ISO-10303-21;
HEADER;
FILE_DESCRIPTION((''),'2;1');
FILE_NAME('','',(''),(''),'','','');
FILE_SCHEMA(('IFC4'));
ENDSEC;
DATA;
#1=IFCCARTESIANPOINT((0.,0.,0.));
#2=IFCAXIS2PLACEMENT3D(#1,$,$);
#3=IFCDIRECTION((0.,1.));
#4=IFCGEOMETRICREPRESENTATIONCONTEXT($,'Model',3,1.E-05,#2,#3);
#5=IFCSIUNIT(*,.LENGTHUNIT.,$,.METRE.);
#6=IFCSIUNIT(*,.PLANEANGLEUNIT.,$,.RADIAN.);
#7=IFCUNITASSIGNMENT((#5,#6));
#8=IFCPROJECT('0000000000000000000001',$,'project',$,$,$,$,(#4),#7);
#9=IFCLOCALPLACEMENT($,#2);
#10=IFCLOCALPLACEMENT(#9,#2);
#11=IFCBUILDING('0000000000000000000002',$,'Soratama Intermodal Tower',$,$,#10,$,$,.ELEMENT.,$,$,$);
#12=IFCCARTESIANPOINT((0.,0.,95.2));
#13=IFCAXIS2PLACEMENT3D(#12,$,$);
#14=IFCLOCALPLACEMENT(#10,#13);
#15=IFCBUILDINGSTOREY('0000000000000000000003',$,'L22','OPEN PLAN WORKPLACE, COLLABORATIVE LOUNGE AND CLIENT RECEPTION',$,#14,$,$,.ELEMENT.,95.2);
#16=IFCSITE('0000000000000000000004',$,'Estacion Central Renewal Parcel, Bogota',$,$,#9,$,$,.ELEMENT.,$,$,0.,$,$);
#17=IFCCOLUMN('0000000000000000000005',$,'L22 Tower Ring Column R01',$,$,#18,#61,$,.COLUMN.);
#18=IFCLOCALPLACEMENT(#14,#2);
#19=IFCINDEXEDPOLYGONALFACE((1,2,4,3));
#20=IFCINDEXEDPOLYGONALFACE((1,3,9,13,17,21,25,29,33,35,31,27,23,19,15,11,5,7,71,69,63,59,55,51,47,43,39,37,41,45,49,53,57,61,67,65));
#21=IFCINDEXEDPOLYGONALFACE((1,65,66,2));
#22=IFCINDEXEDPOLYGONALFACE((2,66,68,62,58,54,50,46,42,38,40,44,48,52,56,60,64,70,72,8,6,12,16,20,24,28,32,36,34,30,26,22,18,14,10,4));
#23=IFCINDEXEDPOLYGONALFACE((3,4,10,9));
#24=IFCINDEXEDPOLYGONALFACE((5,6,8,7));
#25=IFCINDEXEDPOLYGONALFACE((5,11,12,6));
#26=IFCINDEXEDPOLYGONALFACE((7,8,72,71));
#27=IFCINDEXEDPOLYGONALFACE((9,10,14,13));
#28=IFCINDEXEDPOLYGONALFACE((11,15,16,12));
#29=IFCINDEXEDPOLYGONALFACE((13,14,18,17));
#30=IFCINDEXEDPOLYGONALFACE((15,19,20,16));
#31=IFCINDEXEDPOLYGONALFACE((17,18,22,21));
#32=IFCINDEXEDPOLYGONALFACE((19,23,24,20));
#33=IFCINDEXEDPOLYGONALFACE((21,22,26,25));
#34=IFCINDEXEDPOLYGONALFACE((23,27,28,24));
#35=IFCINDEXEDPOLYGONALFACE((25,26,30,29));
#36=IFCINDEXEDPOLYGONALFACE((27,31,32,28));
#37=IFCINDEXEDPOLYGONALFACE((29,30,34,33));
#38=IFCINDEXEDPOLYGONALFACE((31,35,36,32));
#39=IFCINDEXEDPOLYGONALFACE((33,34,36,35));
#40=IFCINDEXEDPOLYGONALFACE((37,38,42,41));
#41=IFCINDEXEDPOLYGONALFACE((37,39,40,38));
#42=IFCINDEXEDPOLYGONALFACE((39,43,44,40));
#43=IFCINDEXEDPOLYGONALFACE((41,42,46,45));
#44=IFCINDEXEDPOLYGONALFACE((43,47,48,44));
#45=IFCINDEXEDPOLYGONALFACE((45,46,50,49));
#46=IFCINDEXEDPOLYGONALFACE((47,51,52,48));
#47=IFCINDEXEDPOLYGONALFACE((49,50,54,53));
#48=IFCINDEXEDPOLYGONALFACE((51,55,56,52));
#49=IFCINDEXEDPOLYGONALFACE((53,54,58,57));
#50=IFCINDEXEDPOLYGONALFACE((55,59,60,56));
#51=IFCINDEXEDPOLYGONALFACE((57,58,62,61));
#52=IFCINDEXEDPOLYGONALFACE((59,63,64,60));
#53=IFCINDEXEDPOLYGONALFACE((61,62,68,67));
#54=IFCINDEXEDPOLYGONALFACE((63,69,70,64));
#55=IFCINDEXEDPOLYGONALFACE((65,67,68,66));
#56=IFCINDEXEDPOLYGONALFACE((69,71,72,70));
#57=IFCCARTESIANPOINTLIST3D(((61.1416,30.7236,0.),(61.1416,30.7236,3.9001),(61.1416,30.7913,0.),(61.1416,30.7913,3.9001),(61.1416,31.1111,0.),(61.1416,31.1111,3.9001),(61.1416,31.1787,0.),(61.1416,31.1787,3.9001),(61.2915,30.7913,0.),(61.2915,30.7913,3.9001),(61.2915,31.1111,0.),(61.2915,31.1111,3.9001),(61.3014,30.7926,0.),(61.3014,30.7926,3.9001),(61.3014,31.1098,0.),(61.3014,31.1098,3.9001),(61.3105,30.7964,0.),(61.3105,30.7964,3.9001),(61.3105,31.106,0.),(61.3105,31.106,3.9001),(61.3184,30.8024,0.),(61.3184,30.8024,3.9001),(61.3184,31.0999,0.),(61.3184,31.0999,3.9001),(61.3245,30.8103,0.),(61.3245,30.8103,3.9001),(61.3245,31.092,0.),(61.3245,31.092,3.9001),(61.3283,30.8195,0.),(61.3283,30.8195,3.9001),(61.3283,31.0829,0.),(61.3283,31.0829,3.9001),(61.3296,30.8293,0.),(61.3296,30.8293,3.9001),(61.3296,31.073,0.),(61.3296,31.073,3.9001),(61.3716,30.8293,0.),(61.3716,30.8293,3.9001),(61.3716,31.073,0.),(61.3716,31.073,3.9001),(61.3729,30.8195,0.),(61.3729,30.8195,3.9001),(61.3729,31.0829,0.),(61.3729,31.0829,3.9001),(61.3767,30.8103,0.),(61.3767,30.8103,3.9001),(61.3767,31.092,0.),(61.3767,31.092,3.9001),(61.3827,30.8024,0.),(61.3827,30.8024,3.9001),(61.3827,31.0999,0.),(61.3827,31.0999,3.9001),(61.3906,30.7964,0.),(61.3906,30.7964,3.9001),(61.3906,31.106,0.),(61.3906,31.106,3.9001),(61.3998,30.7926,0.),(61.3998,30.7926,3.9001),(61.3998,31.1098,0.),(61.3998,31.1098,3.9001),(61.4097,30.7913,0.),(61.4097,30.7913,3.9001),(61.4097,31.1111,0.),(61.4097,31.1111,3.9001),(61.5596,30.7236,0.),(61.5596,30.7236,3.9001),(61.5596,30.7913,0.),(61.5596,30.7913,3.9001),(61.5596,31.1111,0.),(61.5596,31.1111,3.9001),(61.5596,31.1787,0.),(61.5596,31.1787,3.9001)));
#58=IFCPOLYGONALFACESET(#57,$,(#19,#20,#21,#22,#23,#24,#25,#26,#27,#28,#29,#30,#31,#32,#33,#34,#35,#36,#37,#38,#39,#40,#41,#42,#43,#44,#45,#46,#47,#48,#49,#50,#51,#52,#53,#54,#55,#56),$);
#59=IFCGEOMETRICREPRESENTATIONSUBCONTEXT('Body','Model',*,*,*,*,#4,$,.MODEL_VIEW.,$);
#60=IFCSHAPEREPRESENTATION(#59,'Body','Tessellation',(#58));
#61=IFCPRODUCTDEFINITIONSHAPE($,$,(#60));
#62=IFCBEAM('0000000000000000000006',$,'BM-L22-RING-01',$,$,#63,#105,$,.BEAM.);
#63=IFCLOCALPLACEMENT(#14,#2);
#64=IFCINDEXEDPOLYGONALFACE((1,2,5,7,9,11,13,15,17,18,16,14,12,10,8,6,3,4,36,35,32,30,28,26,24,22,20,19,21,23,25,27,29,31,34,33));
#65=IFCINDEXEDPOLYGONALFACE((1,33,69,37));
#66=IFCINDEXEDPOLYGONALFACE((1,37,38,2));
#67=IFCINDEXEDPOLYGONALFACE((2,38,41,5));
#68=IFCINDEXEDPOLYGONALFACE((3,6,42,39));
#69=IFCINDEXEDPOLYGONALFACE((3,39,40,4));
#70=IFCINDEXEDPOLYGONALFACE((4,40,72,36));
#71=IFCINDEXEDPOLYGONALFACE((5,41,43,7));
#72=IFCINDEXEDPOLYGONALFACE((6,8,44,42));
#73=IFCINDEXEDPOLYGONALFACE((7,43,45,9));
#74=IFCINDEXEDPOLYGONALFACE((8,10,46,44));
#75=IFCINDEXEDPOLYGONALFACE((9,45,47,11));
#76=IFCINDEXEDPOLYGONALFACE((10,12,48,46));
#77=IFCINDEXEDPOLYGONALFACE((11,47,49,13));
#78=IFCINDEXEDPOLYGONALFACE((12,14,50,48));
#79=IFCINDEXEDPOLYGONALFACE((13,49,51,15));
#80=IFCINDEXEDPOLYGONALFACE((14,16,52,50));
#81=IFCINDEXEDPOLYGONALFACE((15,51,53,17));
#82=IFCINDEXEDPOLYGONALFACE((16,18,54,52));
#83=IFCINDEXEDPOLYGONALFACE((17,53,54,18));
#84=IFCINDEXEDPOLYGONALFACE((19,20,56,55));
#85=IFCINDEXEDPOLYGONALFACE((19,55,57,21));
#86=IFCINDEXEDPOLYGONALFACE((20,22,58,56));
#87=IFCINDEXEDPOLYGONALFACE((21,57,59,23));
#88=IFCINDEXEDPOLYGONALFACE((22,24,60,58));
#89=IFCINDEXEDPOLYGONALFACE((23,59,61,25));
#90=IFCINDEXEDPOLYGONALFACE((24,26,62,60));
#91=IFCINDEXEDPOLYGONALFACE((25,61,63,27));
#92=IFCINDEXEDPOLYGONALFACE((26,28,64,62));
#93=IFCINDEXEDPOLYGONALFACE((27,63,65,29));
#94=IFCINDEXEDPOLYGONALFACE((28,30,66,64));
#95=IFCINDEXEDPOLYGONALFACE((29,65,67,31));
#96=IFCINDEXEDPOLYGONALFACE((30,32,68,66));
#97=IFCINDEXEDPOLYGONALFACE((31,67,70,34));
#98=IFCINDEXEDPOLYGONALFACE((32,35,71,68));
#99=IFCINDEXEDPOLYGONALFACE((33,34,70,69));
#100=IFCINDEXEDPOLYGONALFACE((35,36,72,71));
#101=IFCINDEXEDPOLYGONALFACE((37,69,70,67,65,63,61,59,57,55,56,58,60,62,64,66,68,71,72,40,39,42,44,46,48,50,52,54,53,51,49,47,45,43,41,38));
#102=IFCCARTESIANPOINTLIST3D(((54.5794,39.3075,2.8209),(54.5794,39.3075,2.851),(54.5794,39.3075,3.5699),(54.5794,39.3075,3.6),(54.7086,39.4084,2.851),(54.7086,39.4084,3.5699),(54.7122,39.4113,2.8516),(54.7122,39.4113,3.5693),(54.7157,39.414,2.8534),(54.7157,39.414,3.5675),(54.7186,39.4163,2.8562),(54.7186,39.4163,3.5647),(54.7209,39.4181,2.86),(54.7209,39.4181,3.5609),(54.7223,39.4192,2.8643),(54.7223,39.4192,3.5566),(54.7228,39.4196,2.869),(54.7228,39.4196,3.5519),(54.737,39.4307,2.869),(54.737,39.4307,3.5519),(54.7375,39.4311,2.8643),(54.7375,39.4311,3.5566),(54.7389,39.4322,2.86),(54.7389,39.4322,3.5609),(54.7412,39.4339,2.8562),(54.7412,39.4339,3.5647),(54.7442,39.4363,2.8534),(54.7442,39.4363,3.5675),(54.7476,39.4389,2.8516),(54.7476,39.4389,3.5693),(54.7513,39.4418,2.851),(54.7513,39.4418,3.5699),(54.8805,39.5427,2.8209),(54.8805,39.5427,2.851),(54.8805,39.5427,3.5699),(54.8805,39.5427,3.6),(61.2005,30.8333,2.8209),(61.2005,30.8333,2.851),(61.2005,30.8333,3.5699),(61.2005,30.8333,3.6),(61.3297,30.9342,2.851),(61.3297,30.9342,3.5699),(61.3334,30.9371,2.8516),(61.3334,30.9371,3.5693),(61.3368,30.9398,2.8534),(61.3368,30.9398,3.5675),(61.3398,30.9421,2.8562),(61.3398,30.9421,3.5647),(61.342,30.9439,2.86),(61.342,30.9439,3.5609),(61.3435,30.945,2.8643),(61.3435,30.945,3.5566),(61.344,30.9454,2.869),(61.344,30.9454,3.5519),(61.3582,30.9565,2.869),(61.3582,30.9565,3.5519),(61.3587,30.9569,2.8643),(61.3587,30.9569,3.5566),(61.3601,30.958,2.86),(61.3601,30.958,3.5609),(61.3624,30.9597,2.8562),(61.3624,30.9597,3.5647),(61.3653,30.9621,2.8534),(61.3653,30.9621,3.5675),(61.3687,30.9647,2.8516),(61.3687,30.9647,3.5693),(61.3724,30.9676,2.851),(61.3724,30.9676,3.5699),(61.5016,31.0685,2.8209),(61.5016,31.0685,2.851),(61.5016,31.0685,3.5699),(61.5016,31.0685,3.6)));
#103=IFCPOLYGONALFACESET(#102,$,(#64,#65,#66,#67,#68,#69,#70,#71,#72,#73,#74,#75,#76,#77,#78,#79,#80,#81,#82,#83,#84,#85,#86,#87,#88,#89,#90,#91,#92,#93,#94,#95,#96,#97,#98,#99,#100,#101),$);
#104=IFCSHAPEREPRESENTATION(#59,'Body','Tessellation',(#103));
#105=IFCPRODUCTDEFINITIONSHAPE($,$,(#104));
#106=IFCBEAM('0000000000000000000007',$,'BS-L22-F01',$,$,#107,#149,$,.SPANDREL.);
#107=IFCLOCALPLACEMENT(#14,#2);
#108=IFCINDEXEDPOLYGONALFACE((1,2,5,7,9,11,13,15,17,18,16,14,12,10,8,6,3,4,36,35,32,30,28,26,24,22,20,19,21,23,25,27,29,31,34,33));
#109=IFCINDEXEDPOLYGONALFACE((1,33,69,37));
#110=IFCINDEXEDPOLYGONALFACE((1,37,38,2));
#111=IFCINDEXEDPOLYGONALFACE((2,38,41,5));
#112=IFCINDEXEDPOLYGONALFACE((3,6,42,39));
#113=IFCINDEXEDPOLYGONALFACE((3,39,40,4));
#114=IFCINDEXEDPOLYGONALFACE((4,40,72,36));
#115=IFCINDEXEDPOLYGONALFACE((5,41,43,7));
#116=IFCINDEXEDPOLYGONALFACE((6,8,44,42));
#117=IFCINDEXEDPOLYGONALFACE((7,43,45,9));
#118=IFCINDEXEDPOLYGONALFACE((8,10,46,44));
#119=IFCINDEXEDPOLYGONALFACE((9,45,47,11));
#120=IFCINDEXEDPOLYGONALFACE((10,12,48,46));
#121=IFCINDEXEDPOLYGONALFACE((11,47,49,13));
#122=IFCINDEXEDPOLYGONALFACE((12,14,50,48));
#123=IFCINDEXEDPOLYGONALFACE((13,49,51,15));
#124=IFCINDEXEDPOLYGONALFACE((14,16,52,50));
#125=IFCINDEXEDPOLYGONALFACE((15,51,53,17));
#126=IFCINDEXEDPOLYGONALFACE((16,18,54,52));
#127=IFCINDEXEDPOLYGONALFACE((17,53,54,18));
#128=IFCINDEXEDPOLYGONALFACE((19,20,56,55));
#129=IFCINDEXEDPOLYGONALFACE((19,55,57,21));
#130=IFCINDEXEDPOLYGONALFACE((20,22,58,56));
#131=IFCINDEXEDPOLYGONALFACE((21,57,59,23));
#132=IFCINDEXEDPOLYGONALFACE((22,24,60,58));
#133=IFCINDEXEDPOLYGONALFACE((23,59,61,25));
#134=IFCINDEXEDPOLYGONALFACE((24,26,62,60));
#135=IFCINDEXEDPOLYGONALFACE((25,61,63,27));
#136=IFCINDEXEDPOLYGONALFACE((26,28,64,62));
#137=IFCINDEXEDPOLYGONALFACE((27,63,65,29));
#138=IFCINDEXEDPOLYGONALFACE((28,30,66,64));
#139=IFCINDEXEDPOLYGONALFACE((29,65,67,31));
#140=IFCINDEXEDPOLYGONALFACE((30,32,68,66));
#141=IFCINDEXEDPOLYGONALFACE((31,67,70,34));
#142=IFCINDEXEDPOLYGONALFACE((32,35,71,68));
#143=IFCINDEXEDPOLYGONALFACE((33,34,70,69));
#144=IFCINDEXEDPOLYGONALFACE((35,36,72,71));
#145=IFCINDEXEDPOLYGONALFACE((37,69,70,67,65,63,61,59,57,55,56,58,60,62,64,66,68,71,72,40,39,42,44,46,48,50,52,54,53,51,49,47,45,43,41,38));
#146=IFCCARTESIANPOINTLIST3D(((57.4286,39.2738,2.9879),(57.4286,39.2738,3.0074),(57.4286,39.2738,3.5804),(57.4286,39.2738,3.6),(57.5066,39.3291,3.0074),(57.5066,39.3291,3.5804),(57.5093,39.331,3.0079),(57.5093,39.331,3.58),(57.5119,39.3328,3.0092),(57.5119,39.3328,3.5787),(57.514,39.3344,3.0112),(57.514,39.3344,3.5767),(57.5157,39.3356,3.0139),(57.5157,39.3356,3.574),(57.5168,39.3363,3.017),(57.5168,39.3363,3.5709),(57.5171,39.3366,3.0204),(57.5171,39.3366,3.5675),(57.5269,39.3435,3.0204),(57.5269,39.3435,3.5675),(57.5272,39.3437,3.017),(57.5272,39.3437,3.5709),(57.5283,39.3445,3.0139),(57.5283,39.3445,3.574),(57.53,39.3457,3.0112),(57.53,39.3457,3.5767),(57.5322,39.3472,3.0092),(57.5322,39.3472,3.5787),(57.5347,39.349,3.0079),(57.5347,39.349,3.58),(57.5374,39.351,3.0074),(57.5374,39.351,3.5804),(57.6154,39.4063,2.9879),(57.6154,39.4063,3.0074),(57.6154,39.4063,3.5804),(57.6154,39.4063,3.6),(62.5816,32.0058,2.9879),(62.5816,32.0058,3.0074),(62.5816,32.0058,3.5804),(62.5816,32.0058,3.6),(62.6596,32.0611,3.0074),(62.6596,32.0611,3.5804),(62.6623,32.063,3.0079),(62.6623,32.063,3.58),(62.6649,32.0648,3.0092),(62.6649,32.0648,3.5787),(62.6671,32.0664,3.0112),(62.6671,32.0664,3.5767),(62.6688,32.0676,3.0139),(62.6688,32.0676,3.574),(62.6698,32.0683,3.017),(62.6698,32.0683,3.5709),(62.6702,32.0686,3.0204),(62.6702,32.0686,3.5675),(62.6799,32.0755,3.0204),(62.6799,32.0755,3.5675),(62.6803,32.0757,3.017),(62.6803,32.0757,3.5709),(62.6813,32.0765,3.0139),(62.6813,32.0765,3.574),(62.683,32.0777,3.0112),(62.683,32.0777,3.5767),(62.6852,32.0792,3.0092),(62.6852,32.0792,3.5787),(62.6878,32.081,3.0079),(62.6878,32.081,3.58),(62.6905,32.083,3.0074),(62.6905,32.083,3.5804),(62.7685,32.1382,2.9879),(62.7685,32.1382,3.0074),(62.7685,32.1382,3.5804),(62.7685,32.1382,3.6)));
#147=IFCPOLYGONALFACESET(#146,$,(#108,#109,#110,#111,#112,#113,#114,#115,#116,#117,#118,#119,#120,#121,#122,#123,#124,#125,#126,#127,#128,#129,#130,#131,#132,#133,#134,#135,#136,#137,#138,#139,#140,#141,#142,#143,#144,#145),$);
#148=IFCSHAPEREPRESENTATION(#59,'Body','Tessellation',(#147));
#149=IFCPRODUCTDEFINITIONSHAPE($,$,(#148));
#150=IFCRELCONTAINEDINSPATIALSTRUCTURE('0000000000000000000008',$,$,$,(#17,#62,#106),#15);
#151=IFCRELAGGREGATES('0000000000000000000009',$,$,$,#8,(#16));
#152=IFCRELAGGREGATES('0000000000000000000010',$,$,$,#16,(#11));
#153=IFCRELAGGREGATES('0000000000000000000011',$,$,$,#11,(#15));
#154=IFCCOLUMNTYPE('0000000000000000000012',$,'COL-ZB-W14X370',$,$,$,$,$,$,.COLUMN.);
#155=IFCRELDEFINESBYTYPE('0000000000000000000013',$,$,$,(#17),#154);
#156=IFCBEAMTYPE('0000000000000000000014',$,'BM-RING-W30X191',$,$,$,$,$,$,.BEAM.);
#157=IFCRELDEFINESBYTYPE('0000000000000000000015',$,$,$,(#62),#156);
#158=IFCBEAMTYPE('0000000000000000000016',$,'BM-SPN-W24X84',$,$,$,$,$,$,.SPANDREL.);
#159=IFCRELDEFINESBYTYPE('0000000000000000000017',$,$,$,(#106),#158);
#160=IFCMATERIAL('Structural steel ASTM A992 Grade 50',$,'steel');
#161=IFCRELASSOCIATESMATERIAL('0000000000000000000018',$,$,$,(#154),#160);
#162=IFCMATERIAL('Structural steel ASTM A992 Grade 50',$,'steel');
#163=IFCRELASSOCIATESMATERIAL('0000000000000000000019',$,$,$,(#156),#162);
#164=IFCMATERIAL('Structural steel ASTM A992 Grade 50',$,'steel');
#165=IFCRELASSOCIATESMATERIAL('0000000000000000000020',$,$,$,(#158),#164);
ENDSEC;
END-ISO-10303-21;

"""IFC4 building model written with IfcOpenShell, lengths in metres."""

from ifc_helpers import new_model, si_unit, direction, frame, origin, origin_2d, place, context, subcontext, project, spatial, i_section, extrude, material, material_profile, profile_set, type_object, element, save


model = new_model("IFC4")

# Units and contexts
model_context = context("Model", 3, precision=1e-05, world=origin(), true_north=direction((0.0, 1.0)))
body_context = subcontext(model_context, "Body", "Model", "MODEL_VIEW")
ifc_project = project(units=[si_unit("LENGTHUNIT", "METRE"), si_unit("PLANEANGLEUNIT", "RADIAN")], contexts=[model_context])

# Site, building, storey
site_placement = place(None, origin())
site = spatial("IfcSite", under=ifc_project, at=site_placement, Name="Estacion Central Renewal Parcel, Bogota", CompositionType="ELEMENT", RefElevation=0.0)
building_placement = place(site_placement, origin())
building = spatial("IfcBuilding", under=site, at=building_placement, Name="Soratama Intermodal Tower", CompositionType="ELEMENT")
storey_placement = place(building_placement, frame((0.0, 0.0, 95.2)))
storey = spatial("IfcBuildingStorey", under=building, at=storey_placement, Name="L22", Description="OPEN PLAN WORKPLACE, COLLABORATIVE LOUNGE AND CLIENT RECEPTION", CompositionType="ELEMENT", Elevation=95.2)

# Column
ifc_material_1 = material(Name="Structural steel ASTM A992 Grade 50", Category="steel")
ifc_material_profile_1 = material_profile(ifc_material_1, i_section(OverallWidth=0.418, OverallDepth=0.4551, WebThickness=0.042, FlangeThickness=0.0676, FilletRadius=0.0381, at=origin_2d()), Name="W14X370")
ifc_profile_set_1 = profile_set([ifc_material_profile_1], Name="Structural steel ASTM A992 Grade 50")
column_type = type_object("IfcColumnType", Name="COL-ZB-W14X370", PredefinedType="COLUMN", material=ifc_profile_set_1)
column_placement = place(storey_placement, frame((61.3506, 30.9512, 0.0), z_axis=(0.0, 0.0, 1.0), x_axis=(1.0, 0.0, 0.0)))
element("IfcColumn", 1, at=column_placement, inside=storey, type_object=column_type, Name="L22 Tower Ring Column R01", PredefinedType="COLUMN", context=body_context, shape_type="SweptSolid", body=[
    extrude(i_section(OverallWidth=0.418, OverallDepth=0.4551, WebThickness=0.042, FlangeThickness=0.0676, FilletRadius=0.0381, at=origin_2d()), origin(), (0.0, 0.0, 1.0), 3.9001),
])

# Beams
ifc_material_2 = material(Name="Structural steel ASTM A992 Grade 50", Category="steel")
ifc_material_profile_2 = material_profile(ifc_material_2, i_section(OverallWidth=0.3821, OverallDepth=0.7791, WebThickness=0.0181, FlangeThickness=0.03, FilletRadius=0.0181, at=origin_2d()), Name="W30X191")
ifc_profile_set_2 = profile_set([ifc_material_profile_2], Name="Structural steel ASTM A992 Grade 50")
beam_type_1 = type_object("IfcBeamType", Name="BM-RING-W30X191", PredefinedType="BEAM", material=ifc_profile_set_2)
beam_1_placement = place(storey_placement, frame((61.3511, 30.9509, 3.2104), z_axis=(-0.615684, 0.787993, 0.0), x_axis=(-0.787993, -0.615684, 0.0)))
element("IfcBeam", 2, at=beam_1_placement, inside=storey, type_object=beam_type_1, Name="BM-L22-RING-01", PredefinedType="BEAM", context=body_context, shape_type="SweptSolid", body=[
    extrude(i_section(OverallWidth=0.3821, OverallDepth=0.7791, WebThickness=0.0181, FlangeThickness=0.03, FilletRadius=0.0181, at=origin_2d()), origin(), (0.0, 0.0, 1.0), 10.7542),
])
ifc_material_3 = material(Name="Structural steel ASTM A992 Grade 50", Category="steel")
ifc_material_profile_3 = material_profile(ifc_material_3, i_section(OverallWidth=0.229, OverallDepth=0.6121, WebThickness=0.012, FlangeThickness=0.0195, FilletRadius=0.0129, at=origin_2d()), Name="W24X84")
ifc_profile_set_3 = profile_set([ifc_material_profile_3], Name="Structural steel ASTM A992 Grade 50")
beam_type_2 = type_object("IfcBeamType", Name="BM-SPN-W24X84", PredefinedType="SPANDREL", material=ifc_profile_set_3)
beam_2_placement = place(storey_placement, frame((62.675, 32.072, 3.2939), z_axis=(-0.578381, 0.815767, 0.0), x_axis=(-0.815767, -0.578381, 0.0)))
element("IfcBeam", 3, at=beam_2_placement, inside=storey, type_object=beam_type_2, Name="BS-L22-F01", PredefinedType="SPANDREL", context=body_context, shape_type="SweptSolid", body=[
    extrude(i_section(OverallWidth=0.229, OverallDepth=0.6121, WebThickness=0.012, FlangeThickness=0.0195, FilletRadius=0.0129, at=origin_2d()), origin(), (0.0, 0.0, 1.0), 8.9094),
])

save(model, "model.ifc")
